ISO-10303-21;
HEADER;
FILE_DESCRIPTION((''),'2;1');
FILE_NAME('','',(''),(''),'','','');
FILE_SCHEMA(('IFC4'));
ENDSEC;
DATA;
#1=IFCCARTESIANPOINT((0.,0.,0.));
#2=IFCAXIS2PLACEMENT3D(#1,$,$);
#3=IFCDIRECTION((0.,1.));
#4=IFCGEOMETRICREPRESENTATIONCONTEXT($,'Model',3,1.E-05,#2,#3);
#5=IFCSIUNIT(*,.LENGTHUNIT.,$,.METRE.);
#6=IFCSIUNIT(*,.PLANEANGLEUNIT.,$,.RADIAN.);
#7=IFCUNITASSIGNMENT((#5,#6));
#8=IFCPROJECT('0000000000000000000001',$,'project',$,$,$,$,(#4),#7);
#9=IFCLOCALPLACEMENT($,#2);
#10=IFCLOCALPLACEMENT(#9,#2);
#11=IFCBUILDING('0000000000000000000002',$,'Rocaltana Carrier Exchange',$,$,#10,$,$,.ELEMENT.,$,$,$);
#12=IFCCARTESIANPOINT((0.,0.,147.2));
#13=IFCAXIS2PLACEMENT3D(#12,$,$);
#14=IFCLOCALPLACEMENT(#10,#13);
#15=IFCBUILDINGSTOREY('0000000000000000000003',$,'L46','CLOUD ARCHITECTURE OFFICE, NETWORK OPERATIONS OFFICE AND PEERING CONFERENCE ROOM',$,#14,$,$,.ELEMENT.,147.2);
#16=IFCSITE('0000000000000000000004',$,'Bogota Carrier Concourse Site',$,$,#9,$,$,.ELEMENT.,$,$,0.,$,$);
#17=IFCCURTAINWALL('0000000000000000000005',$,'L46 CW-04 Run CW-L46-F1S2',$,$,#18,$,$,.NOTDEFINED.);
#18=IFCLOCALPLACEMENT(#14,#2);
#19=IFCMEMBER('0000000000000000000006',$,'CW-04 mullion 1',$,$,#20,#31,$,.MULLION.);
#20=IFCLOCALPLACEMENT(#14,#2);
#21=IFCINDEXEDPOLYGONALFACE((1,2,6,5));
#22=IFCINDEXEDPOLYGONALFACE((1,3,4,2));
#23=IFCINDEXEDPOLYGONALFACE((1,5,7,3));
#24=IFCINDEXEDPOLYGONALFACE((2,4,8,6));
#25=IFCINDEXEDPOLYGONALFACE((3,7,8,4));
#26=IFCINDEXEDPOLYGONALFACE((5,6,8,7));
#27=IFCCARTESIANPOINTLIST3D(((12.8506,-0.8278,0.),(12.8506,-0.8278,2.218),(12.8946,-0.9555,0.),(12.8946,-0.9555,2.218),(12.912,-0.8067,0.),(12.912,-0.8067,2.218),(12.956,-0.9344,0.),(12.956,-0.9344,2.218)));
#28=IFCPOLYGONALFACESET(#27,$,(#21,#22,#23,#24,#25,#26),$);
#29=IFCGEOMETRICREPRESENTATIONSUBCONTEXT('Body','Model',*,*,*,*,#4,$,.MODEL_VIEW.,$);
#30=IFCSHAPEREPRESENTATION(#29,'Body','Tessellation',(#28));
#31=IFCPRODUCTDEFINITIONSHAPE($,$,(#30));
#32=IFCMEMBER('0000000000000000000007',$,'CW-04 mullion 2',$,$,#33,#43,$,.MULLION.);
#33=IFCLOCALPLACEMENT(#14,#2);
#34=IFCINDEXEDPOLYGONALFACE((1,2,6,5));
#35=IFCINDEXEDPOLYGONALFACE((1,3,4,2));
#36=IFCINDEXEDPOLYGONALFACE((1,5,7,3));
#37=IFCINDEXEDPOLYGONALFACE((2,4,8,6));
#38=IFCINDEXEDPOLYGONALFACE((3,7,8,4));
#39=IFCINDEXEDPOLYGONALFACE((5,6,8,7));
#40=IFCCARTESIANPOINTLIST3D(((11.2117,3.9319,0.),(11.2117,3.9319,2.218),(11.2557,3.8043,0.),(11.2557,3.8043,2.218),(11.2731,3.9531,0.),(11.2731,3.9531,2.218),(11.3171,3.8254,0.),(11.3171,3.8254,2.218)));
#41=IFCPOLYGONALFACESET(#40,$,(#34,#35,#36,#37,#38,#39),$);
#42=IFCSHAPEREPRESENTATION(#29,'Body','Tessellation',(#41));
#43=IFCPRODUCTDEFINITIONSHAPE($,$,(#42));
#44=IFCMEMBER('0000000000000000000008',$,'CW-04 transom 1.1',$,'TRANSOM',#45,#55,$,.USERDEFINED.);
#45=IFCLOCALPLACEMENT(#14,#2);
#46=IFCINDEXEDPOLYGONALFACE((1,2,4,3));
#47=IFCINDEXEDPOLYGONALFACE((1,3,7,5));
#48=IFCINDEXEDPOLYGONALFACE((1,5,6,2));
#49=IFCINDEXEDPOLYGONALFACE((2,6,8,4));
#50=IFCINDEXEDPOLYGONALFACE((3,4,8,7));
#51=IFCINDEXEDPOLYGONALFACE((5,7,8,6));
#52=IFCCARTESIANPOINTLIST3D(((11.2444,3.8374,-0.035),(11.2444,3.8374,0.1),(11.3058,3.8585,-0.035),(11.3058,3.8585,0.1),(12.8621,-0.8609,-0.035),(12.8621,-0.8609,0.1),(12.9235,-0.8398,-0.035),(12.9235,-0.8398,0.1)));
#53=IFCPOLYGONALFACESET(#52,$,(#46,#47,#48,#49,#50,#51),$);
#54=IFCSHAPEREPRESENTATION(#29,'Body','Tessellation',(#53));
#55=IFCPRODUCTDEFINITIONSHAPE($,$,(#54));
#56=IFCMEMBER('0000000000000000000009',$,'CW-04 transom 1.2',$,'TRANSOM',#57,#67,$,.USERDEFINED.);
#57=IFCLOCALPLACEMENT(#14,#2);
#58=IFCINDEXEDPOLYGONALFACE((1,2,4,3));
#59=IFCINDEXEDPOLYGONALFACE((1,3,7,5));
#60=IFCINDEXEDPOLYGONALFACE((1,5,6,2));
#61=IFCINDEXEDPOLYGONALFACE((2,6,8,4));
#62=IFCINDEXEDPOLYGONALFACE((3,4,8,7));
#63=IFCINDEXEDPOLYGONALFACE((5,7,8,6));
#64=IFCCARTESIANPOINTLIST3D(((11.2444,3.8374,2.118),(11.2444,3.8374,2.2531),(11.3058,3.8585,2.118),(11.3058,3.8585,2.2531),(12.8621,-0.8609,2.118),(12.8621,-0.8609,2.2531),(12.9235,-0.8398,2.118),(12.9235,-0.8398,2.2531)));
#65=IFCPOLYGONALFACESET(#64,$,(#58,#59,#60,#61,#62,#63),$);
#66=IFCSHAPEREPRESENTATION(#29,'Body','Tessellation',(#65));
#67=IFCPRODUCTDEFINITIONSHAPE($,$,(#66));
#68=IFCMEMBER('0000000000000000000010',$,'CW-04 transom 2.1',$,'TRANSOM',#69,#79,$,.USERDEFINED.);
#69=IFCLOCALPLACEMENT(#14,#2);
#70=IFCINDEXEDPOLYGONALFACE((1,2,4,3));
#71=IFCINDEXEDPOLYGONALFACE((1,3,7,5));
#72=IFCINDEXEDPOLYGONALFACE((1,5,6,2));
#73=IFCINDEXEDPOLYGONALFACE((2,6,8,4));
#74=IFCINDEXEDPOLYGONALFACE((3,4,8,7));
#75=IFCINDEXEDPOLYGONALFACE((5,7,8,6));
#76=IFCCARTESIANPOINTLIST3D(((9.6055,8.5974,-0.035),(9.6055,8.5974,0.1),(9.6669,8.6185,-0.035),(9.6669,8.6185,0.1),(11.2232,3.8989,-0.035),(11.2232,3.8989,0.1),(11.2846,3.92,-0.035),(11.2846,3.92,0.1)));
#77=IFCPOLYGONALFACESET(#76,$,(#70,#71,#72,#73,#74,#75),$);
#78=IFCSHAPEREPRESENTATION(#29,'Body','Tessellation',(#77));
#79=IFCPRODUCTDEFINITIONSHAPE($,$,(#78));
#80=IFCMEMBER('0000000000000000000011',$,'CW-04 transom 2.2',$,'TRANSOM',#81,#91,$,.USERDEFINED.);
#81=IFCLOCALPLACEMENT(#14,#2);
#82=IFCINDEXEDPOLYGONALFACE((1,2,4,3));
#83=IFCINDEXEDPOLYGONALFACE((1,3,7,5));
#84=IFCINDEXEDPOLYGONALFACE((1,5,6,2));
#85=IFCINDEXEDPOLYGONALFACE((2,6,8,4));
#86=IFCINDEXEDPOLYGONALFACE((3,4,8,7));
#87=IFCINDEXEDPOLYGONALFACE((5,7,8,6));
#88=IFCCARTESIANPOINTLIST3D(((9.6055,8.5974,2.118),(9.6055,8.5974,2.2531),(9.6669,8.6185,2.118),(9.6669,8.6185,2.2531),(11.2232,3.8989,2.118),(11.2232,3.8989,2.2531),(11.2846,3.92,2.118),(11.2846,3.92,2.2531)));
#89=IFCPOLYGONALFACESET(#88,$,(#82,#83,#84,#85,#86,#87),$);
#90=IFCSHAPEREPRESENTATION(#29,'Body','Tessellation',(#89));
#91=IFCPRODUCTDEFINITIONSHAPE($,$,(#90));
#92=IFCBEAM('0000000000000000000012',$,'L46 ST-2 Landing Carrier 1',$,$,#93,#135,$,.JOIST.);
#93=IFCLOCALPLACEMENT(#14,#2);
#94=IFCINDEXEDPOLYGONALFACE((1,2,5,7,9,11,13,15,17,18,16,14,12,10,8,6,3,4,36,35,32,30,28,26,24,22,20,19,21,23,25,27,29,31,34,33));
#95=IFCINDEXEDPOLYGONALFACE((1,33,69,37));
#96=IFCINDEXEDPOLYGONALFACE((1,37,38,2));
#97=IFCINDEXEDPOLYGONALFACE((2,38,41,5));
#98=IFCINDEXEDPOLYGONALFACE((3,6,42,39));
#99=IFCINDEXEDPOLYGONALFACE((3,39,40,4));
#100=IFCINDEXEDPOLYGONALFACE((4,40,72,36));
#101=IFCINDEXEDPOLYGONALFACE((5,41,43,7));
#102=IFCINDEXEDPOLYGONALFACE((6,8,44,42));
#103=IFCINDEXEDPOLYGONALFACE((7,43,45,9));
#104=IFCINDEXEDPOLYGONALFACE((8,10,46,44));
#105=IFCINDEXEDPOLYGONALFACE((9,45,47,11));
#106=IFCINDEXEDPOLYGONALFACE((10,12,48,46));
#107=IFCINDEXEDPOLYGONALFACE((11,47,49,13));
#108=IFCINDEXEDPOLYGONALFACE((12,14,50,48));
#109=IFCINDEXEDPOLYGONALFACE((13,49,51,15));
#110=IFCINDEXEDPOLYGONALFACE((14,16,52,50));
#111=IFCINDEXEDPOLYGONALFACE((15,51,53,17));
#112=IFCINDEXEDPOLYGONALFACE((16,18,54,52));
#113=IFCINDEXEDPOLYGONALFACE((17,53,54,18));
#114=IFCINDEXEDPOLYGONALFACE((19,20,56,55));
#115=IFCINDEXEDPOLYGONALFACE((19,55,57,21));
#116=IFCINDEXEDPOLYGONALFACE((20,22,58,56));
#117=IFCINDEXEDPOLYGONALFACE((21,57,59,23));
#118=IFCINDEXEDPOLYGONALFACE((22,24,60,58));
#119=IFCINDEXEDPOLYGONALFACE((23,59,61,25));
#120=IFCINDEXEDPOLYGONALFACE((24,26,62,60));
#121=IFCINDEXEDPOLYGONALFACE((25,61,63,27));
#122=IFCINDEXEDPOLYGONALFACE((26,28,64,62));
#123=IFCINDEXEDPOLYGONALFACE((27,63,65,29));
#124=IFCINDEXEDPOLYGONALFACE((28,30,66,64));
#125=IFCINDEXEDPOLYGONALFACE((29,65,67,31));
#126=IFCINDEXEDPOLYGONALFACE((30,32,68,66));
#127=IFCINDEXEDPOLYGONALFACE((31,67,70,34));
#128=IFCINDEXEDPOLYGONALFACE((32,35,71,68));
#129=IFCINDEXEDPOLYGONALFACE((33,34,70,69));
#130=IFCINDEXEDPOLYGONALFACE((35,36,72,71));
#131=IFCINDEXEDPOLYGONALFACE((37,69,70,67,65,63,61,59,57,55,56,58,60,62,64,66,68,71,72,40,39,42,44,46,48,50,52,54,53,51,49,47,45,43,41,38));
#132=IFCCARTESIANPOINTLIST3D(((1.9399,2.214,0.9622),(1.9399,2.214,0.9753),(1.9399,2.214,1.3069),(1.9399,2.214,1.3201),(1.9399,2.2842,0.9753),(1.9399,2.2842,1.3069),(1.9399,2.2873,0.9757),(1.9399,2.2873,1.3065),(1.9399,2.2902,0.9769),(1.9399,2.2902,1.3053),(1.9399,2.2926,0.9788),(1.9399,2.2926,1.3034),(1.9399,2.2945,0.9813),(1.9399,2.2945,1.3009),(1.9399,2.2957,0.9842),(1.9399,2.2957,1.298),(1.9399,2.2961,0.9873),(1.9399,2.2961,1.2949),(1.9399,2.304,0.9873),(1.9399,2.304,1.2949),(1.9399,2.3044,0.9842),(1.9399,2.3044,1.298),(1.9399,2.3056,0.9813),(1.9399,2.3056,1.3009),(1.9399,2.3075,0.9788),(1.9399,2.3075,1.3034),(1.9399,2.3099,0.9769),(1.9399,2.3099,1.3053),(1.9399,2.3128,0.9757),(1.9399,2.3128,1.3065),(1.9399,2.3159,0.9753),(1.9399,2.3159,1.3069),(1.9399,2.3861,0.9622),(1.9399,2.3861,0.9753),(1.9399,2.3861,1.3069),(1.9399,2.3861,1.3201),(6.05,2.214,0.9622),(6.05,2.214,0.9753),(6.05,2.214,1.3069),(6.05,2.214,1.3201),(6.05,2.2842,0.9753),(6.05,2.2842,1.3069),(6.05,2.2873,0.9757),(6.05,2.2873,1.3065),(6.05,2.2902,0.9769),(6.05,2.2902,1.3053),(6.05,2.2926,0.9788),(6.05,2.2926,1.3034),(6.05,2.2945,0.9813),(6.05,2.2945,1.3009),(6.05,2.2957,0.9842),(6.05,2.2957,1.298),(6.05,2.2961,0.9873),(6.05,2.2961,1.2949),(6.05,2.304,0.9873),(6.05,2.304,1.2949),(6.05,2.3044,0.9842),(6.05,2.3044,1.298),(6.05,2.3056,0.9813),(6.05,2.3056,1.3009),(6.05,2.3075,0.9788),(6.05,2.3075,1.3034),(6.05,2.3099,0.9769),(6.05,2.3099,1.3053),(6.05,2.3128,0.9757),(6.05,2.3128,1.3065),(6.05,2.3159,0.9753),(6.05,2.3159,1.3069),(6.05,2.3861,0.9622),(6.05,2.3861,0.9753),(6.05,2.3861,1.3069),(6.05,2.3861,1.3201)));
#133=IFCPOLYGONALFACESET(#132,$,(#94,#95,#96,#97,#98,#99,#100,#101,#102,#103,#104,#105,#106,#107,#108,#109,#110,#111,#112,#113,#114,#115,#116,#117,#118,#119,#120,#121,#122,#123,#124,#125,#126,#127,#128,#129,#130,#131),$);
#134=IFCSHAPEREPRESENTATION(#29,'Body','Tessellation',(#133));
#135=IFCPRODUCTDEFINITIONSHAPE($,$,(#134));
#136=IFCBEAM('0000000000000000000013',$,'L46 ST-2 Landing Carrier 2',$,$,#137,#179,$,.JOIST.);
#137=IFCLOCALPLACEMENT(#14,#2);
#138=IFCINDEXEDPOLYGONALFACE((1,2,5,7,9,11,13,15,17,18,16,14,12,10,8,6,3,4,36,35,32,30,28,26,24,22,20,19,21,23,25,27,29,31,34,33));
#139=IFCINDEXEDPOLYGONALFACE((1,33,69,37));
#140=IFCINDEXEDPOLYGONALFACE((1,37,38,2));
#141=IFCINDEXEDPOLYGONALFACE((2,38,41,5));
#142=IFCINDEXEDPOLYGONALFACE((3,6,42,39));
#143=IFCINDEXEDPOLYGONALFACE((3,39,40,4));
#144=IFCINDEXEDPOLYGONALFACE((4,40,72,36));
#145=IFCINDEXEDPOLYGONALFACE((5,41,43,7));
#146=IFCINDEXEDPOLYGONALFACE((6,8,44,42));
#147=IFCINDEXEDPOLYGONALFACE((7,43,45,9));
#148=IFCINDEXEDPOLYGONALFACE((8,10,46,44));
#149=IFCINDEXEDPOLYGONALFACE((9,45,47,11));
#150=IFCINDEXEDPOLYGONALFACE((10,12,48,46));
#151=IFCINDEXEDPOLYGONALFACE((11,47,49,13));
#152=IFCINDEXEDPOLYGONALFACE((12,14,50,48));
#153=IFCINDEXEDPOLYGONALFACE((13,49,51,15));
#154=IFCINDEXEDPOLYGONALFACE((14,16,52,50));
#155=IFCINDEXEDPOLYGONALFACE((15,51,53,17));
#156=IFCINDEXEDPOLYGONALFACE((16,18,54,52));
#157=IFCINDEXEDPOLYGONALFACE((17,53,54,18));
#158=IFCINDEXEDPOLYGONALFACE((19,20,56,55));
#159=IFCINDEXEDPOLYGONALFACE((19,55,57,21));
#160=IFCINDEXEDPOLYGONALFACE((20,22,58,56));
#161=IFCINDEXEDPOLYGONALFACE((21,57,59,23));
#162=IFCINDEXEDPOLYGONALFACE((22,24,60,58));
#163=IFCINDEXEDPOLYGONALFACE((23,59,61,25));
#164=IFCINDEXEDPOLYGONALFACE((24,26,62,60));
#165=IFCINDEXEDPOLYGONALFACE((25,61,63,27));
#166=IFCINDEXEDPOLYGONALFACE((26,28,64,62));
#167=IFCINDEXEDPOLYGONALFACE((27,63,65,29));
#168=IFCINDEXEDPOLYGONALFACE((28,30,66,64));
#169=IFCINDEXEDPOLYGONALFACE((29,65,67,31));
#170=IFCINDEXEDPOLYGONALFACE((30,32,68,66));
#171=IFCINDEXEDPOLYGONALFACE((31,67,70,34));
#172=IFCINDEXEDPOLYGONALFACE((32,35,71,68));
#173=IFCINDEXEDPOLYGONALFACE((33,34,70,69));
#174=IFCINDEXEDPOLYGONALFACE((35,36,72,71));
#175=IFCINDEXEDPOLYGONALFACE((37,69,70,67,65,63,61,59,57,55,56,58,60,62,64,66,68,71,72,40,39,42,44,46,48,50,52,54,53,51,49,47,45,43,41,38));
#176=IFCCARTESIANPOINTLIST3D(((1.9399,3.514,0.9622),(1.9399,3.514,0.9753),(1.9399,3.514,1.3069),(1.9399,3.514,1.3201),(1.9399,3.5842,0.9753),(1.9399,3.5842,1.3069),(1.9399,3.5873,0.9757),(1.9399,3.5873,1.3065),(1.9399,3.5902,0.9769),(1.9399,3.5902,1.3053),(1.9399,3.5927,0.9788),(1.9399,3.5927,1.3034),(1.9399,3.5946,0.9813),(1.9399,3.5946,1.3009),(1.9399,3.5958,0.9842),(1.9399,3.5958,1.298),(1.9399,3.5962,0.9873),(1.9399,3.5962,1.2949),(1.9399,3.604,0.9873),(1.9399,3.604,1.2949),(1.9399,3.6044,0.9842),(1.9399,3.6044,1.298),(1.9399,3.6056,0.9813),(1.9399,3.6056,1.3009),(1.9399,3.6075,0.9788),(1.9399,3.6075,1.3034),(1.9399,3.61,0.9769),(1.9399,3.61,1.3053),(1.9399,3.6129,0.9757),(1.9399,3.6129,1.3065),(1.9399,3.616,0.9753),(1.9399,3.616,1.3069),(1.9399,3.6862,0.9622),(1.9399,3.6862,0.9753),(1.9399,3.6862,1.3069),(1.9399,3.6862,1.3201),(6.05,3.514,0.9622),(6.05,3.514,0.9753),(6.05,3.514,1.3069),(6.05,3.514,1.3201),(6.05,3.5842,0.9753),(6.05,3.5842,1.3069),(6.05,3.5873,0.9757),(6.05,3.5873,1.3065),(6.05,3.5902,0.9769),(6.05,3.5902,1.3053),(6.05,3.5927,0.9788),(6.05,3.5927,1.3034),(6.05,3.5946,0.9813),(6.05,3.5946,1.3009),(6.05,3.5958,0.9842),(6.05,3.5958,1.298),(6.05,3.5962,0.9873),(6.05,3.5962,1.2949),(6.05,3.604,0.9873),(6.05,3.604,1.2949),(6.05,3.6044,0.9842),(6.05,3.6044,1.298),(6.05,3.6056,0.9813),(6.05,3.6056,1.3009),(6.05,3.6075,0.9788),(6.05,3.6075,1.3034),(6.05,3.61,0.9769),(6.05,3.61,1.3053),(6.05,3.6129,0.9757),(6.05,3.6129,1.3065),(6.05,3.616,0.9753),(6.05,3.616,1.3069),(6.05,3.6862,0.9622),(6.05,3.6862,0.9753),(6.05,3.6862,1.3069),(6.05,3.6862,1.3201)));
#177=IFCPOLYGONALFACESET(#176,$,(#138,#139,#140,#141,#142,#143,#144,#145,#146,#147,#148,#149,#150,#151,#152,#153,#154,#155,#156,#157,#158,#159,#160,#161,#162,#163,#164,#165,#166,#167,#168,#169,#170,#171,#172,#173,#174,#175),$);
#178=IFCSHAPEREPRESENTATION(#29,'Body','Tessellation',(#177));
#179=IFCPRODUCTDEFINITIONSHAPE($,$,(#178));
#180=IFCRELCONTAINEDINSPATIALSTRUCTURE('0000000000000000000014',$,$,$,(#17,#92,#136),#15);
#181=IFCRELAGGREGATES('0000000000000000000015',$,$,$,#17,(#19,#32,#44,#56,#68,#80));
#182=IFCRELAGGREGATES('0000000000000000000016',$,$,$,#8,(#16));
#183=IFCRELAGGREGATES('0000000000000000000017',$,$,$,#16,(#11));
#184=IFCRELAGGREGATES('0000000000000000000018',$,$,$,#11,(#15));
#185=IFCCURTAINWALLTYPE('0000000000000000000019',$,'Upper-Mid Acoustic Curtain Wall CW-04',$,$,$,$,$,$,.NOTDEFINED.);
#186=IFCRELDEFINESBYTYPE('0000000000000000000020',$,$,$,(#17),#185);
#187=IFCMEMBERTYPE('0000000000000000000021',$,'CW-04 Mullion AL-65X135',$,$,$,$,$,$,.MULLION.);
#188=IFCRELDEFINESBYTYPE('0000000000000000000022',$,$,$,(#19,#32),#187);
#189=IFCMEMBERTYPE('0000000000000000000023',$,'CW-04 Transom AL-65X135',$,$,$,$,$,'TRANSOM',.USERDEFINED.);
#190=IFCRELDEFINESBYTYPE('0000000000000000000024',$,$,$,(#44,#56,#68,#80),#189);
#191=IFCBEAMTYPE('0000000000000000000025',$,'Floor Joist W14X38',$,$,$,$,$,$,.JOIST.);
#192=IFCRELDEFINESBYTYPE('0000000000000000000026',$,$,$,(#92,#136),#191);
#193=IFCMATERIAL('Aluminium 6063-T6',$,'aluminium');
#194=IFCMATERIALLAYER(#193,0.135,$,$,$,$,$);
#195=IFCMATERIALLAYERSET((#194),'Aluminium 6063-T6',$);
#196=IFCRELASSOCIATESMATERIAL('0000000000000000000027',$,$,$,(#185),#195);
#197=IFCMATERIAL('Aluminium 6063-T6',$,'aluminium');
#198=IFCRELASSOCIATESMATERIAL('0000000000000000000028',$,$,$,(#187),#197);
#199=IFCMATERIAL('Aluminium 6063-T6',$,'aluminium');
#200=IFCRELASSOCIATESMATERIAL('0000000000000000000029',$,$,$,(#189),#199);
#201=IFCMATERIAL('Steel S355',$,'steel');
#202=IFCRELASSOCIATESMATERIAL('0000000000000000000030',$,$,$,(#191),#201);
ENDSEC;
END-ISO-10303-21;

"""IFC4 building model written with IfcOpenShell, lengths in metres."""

from ifc_helpers import new_model, si_unit, direction, frame, origin, origin_2d, place, context, subcontext, project, spatial, rectangle, i_section, extrude, material, layer, layer_set, material_profile, profile_set, type_object, element, aggregate, save


model = new_model("IFC4")

# Units and contexts
model_context = context("Model", 3, precision=1e-05, world=origin(), true_north=direction((0.0, 1.0)))
body_context = subcontext(model_context, "Body", "Model", "MODEL_VIEW")
ifc_project = project(units=[si_unit("LENGTHUNIT", "METRE"), si_unit("PLANEANGLEUNIT", "RADIAN")], contexts=[model_context])

# Site, building, storey
site_placement = place(None, origin())
site = spatial("IfcSite", under=ifc_project, at=site_placement, Name="Bogota Carrier Concourse Site", CompositionType="ELEMENT", RefElevation=0.0)
building_placement = place(site_placement, origin())
building = spatial("IfcBuilding", under=site, at=building_placement, Name="Rocaltana Carrier Exchange", CompositionType="ELEMENT")
storey_placement = place(building_placement, frame((0.0, 0.0, 147.2)))
storey = spatial("IfcBuildingStorey", under=building, at=storey_placement, Name="L46", Description="CLOUD ARCHITECTURE OFFICE, NETWORK OPERATIONS OFFICE AND PEERING CONFERENCE ROOM", CompositionType="ELEMENT", Elevation=147.2)

# Curtain wall, members
ifc_material_1 = material(Name="Aluminium 6063-T6", Category="aluminium")
ifc_layer_1 = layer(ifc_material_1, 0.135)
ifc_layer_set_1 = layer_set([ifc_layer_1], Name="Aluminium 6063-T6")
curtain_wall_type = type_object("IfcCurtainWallType", Name="Upper-Mid Acoustic Curtain Wall CW-04", PredefinedType="NOTDEFINED", material=ifc_layer_set_1)
curtain_wall_placement = place(storey_placement, origin())
curtain_wall = element("IfcCurtainWall", 1, at=curtain_wall_placement, inside=storey, type_object=curtain_wall_type, Name="L46 CW-04 Run CW-L46-F1S2", PredefinedType="NOTDEFINED")
ifc_material_2 = material(Name="Aluminium 6063-T6", Category="aluminium")
ifc_material_profile_1 = material_profile(ifc_material_2, rectangle(XDim=0.0649, YDim=0.135, at=origin_2d()), Name="AL-65X135")
ifc_profile_set_1 = profile_set([ifc_material_profile_1], Name="Aluminium 6063-T6")
member_type_1 = type_object("IfcMemberType", Name="CW-04 Mullion AL-65X135", PredefinedType="MULLION", material=ifc_profile_set_1)
member_1_placement = place(storey_placement, frame((12.9033, -0.8811, 0.0), z_axis=(0.0, 0.0, 1.0), x_axis=(-0.945521, -0.325562, 0.0)))
member_1 = element("IfcMember", 2, at=member_1_placement, type_object=member_type_1, Name="CW-04 mullion 1", PredefinedType="MULLION", context=body_context, shape_type="SweptSolid", body=[
    extrude(rectangle(XDim=0.0649, YDim=0.135, at=origin_2d()), origin(), (0.0, 0.0, 1.0), 2.218),
])
member_2_placement = place(storey_placement, frame((11.2644, 3.8787, 0.0), z_axis=(0.0, 0.0, 1.0), x_axis=(-0.945521, -0.325562, 0.0)))
member_2 = element("IfcMember", 3, at=member_2_placement, type_object=member_type_1, Name="CW-04 mullion 2", PredefinedType="MULLION", context=body_context, shape_type="SweptSolid", body=[
    extrude(rectangle(XDim=0.0649, YDim=0.135, at=origin_2d()), origin(), (0.0, 0.0, 1.0), 2.218),
])
ifc_material_3 = material(Name="Aluminium 6063-T6", Category="aluminium")
ifc_material_profile_2 = material_profile(ifc_material_3, rectangle(XDim=0.0649, YDim=0.135, at=origin_2d()), Name="AL-65X135")
ifc_profile_set_2 = profile_set([ifc_material_profile_2], Name="Aluminium 6063-T6")
member_type_2 = type_object("IfcMemberType", Name="CW-04 Transom AL-65X135", ElementType="TRANSOM", PredefinedType="USERDEFINED", material=ifc_profile_set_2)
member_3_placement = place(storey_placement, frame((12.8928, -0.8503, 0.0325), z_axis=(-0.325558, 0.945522, 0.0), x_axis=(-0.945522, -0.325558, 0.0)))
member_3 = element("IfcMember", 4, at=member_3_placement, type_object=member_type_2, Name="CW-04 transom 1.1", ObjectType="TRANSOM", PredefinedType="USERDEFINED", context=body_context, shape_type="SweptSolid", body=[
    extrude(rectangle(XDim=0.0649, YDim=0.135, at=origin_2d()), origin(), (0.0, 0.0, 1.0), 4.969),
])
member_4_placement = place(storey_placement, frame((12.8928, -0.8503, 2.1855), z_axis=(-0.325558, 0.945522, 0.0), x_axis=(-0.945522, -0.325558, 0.0)))
member_4 = element("IfcMember", 5, at=member_4_placement, type_object=member_type_2, Name="CW-04 transom 1.2", ObjectType="TRANSOM", PredefinedType="USERDEFINED", context=body_context, shape_type="SweptSolid", body=[
    extrude(rectangle(XDim=0.0649, YDim=0.135, at=origin_2d()), origin(), (0.0, 0.0, 1.0), 4.969),
])
member_5_placement = place(storey_placement, frame((11.2539, 3.9094, 0.0325), z_axis=(-0.325542, 0.945527, 0.0), x_axis=(-0.945527, -0.325542, 0.0)))
member_5 = element("IfcMember", 6, at=member_5_placement, type_object=member_type_2, Name="CW-04 transom 2.1", ObjectType="TRANSOM", PredefinedType="USERDEFINED", context=body_context, shape_type="SweptSolid", body=[
    extrude(rectangle(XDim=0.0649, YDim=0.135, at=origin_2d()), origin(), (0.0, 0.0, 1.0), 4.9692),
])
member_6_placement = place(storey_placement, frame((11.2539, 3.9094, 2.1855), z_axis=(-0.325542, 0.945527, 0.0), x_axis=(-0.945527, -0.325542, 0.0)))
member_6 = element("IfcMember", 7, at=member_6_placement, type_object=member_type_2, Name="CW-04 transom 2.2", ObjectType="TRANSOM", PredefinedType="USERDEFINED", context=body_context, shape_type="SweptSolid", body=[
    extrude(rectangle(XDim=0.0649, YDim=0.135, at=origin_2d()), origin(), (0.0, 0.0, 1.0), 4.9692),
])

# Beams
ifc_material_4 = material(Name="Steel S355", Category="steel")
ifc_material_profile_3 = material_profile(ifc_material_4, i_section(OverallWidth=0.1721, OverallDepth=0.3579, WebThickness=0.0078, FlangeThickness=0.0132, FilletRadius=0.012, at=origin_2d()), Name="W14X38")
ifc_profile_set_3 = profile_set([ifc_material_profile_3], Name="Steel S355")
beam_type_1 = type_object("IfcBeamType", Name="Floor Joist W14X38", PredefinedType="JOIST", material=ifc_profile_set_3)
for number, where, z_axis, x_axis, name in (
    (8, (1.9399, 2.3, 1.1411), (1.0, 0.0, 0.0), (0.0, 1.0, 0.0), "L46 ST-2 Landing Carrier 1"),
    (9, (1.9399, 3.6001, 1.1411), (1.0, 0.0, 0.0), (0.0, 1.0, 0.0), "L46 ST-2 Landing Carrier 2"),
):
    element("IfcBeam", number, at=place(storey_placement, frame(where, z_axis=z_axis, x_axis=x_axis)), inside=storey, type_object=beam_type_1, Name=name, PredefinedType="JOIST", context=body_context, shape_type="SweptSolid", body=[
        extrude(i_section(OverallWidth=0.1721, OverallDepth=0.3579, WebThickness=0.0078, FlangeThickness=0.0132, FilletRadius=0.012, at=origin_2d()), origin(), (0.0, 0.0, 1.0), 4.1101),
    ])

aggregate(curtain_wall, [member_1, member_2, member_3, member_4, member_5, member_6])

save(model, "model.ifc")
